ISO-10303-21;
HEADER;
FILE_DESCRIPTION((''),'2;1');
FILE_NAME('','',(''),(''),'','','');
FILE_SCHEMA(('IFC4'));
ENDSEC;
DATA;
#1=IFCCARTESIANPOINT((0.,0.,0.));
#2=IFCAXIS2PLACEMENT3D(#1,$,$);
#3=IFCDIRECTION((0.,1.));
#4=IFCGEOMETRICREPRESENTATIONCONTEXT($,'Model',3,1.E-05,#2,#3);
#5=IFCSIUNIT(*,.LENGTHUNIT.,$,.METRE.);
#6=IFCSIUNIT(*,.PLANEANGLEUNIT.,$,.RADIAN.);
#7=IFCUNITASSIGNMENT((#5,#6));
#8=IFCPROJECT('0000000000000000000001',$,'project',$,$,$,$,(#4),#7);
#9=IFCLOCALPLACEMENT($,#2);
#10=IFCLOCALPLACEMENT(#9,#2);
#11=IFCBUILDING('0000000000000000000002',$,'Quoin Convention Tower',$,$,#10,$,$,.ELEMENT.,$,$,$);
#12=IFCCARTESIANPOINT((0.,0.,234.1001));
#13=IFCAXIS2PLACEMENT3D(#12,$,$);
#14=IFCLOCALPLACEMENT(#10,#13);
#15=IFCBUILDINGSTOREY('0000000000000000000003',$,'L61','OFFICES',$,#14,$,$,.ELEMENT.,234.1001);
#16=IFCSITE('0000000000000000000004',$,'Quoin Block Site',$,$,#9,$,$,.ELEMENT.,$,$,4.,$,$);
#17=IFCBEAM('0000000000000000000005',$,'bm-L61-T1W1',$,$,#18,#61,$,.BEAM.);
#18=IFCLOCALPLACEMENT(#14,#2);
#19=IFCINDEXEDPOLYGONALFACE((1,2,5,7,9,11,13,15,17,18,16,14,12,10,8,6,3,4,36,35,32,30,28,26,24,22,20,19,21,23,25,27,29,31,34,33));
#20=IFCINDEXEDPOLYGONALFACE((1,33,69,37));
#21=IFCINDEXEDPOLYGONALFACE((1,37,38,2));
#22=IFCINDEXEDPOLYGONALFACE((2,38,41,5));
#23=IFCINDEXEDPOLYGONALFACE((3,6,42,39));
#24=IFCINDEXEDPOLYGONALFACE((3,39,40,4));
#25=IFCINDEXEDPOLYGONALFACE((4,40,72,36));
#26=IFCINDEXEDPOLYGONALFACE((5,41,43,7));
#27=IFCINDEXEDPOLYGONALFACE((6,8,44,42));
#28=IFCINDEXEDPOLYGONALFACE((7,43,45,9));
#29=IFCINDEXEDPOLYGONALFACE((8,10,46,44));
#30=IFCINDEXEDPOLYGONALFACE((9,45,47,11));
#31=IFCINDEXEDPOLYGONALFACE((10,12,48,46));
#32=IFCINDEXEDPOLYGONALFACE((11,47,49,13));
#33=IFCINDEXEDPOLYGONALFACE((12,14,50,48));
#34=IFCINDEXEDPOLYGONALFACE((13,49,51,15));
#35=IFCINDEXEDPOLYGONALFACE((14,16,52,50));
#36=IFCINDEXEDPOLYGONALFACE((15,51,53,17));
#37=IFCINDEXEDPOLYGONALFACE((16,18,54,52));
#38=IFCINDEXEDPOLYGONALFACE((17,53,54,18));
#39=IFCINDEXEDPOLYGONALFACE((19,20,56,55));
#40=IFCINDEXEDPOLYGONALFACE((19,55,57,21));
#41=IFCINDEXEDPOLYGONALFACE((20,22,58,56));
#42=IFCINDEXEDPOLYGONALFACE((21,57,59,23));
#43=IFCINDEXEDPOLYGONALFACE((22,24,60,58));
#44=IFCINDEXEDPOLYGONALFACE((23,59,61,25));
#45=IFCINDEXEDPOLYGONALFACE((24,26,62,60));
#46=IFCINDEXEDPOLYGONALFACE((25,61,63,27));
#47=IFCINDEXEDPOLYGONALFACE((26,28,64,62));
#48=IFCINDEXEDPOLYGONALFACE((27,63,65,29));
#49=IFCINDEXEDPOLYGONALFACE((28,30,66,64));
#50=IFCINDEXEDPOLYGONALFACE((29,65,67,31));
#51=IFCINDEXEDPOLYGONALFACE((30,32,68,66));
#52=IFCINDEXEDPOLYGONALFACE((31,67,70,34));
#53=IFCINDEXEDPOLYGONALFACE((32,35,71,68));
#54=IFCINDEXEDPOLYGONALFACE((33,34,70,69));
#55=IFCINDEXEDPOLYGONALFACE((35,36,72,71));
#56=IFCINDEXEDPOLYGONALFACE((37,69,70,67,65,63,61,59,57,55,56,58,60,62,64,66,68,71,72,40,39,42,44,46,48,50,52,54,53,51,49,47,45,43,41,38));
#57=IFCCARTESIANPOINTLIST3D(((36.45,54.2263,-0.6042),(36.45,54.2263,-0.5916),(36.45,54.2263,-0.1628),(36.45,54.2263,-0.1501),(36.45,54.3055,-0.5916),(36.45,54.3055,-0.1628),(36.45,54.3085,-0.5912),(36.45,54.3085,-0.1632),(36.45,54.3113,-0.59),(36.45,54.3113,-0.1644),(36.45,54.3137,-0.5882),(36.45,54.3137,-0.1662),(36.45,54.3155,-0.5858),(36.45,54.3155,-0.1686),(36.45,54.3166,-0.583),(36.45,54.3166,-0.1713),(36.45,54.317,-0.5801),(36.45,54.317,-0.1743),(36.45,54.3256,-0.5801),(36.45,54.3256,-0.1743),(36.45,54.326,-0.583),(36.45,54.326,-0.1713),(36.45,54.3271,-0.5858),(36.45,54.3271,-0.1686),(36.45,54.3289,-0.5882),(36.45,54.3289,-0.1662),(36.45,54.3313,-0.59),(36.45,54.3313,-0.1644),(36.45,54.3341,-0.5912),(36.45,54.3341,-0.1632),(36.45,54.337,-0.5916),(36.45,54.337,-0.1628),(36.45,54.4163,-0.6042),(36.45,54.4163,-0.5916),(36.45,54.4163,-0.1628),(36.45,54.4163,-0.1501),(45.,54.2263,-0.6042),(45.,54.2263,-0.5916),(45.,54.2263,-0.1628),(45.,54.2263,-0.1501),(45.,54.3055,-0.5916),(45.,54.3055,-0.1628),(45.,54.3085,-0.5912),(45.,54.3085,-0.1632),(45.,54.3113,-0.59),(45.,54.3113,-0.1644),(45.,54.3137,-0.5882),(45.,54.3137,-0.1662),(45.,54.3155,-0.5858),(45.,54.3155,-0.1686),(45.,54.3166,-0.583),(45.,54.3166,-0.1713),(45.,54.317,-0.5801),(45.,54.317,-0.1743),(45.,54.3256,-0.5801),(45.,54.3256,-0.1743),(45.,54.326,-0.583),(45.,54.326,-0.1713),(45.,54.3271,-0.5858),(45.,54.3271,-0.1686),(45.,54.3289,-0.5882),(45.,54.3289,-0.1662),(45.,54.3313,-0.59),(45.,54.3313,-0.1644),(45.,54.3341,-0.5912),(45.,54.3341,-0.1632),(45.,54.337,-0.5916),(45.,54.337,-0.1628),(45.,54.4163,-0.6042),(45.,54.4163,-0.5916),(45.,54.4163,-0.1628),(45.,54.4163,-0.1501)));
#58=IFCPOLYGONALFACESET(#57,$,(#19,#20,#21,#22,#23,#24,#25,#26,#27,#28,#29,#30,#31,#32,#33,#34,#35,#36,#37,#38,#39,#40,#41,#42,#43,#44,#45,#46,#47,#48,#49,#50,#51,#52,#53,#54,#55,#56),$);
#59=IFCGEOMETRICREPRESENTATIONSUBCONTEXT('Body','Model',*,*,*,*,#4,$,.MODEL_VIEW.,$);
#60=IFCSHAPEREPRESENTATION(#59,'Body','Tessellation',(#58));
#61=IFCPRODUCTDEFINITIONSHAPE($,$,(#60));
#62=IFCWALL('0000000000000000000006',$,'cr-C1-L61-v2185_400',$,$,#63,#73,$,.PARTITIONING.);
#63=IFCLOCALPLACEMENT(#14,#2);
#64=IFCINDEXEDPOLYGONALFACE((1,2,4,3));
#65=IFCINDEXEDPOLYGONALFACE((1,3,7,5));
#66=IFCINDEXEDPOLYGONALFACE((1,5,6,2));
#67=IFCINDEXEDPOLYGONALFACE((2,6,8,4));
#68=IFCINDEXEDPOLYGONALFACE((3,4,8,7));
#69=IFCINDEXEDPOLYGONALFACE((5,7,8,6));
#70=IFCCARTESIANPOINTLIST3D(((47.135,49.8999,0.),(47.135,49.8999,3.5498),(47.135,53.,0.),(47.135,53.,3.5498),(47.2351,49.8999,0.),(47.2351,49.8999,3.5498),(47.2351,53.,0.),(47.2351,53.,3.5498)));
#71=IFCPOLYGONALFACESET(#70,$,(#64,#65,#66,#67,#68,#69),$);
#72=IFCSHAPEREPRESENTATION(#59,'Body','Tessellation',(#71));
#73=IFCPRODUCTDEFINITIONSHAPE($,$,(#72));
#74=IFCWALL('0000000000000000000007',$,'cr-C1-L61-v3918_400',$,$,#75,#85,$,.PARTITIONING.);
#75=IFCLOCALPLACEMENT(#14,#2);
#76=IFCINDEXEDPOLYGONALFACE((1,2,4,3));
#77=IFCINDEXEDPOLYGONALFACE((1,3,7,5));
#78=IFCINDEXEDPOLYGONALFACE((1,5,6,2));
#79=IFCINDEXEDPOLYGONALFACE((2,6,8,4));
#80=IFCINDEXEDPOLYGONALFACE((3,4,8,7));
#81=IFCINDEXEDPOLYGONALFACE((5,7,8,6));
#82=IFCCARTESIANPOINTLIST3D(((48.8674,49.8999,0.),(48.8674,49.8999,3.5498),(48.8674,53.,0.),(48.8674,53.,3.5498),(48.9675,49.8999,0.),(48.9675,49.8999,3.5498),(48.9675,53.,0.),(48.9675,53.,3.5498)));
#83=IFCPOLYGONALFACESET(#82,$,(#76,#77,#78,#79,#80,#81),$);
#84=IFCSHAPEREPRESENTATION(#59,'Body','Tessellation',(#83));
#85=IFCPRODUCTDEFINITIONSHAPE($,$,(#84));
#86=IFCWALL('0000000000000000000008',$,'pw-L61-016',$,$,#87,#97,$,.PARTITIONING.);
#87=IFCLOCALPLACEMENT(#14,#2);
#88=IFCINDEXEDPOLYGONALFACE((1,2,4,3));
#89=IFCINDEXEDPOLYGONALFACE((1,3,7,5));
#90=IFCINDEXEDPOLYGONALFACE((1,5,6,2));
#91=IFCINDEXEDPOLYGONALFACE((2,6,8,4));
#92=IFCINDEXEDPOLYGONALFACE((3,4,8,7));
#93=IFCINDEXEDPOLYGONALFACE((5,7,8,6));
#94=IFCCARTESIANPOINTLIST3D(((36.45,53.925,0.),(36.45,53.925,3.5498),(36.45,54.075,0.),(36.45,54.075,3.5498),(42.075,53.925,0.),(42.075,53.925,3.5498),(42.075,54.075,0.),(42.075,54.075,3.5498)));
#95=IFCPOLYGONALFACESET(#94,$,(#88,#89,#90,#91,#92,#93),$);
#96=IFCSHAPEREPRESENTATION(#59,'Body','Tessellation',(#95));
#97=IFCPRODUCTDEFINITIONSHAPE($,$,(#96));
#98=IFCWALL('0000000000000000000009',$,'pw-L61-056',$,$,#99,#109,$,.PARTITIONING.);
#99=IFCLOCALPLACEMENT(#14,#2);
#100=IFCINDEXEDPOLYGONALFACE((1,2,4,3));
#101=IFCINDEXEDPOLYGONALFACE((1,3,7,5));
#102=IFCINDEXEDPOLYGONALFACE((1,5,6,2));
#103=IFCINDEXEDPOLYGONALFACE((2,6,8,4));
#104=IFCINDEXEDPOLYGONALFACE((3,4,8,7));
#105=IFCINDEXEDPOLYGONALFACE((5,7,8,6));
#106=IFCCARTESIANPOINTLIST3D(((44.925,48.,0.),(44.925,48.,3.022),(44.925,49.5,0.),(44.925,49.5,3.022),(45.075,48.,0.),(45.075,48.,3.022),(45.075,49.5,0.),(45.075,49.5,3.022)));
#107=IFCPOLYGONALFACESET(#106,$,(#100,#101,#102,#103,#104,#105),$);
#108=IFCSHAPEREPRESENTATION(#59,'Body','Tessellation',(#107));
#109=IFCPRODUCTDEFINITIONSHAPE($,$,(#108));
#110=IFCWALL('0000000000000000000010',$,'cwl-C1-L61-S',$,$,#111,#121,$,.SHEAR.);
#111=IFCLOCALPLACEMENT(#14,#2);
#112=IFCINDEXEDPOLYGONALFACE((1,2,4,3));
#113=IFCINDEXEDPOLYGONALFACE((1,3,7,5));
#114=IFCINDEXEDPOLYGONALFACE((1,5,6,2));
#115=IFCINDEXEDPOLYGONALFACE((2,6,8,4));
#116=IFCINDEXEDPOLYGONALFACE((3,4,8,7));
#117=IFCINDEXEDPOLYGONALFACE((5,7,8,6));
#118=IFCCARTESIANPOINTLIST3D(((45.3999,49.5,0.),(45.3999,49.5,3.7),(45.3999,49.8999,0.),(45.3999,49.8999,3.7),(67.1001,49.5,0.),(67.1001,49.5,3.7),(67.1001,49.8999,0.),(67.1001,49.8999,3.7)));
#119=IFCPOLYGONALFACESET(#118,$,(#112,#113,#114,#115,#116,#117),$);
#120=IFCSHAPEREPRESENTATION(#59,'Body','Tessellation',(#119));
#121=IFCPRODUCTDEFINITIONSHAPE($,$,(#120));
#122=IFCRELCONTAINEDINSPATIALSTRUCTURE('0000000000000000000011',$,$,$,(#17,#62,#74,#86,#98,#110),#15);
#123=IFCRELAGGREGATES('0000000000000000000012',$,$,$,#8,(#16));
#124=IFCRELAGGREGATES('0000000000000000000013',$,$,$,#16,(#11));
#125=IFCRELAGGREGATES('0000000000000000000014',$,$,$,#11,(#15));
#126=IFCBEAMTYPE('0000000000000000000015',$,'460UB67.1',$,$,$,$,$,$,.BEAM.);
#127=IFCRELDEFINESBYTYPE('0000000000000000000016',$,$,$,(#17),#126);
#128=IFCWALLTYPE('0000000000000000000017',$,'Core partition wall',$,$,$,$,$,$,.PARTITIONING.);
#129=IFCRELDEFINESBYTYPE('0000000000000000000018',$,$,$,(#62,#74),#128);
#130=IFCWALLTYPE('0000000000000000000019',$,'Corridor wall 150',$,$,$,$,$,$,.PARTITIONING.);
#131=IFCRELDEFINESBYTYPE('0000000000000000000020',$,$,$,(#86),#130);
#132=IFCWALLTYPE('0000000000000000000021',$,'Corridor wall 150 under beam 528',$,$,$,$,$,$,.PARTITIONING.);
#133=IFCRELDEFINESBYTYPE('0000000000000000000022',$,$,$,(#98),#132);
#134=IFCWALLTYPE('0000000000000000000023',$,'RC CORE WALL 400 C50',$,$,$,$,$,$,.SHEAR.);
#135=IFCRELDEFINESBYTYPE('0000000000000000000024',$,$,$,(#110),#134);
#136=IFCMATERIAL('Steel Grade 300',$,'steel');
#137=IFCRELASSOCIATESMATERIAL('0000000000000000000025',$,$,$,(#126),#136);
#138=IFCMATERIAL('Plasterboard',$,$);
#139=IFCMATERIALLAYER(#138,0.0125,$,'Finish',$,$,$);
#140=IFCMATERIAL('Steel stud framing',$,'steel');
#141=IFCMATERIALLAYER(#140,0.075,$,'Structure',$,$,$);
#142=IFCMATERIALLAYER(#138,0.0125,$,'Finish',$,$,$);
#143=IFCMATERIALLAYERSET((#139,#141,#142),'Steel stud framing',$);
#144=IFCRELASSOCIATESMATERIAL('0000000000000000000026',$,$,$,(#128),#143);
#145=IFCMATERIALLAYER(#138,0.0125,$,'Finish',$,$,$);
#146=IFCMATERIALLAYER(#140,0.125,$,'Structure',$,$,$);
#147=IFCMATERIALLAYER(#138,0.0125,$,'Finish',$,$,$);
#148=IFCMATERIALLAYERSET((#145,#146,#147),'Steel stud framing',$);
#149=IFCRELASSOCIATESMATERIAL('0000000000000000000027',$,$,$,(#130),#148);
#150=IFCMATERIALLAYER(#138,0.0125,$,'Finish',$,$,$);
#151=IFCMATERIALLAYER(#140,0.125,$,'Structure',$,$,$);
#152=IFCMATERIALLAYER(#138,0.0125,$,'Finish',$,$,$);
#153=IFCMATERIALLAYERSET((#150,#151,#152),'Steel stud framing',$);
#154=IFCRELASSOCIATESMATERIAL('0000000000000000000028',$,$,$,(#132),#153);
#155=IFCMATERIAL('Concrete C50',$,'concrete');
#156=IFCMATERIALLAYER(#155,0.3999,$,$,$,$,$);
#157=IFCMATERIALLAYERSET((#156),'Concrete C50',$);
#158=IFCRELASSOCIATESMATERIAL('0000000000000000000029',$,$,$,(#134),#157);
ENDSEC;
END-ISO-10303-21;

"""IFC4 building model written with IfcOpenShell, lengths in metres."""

from ifc_helpers import new_model, si_unit, direction, frame, frame_2d, origin, origin_2d, place, context, subcontext, project, spatial, rectangle, i_section, extrude, material, layer, layer_set, material_profile, profile_set, type_object, element, save


model = new_model("IFC4")

# Units and contexts
model_context = context("Model", 3, precision=1e-05, world=origin(), true_north=direction((0.0, 1.0)))
body_context = subcontext(model_context, "Body", "Model", "MODEL_VIEW")
ifc_project = project(units=[si_unit("LENGTHUNIT", "METRE"), si_unit("PLANEANGLEUNIT", "RADIAN")], contexts=[model_context])

# Site, building, storey
site_placement = place(None, origin())
site = spatial("IfcSite", under=ifc_project, at=site_placement, Name="Quoin Block Site", CompositionType="ELEMENT", RefElevation=4.0)
building_placement = place(site_placement, origin())
building = spatial("IfcBuilding", under=site, at=building_placement, Name="Quoin Convention Tower", CompositionType="ELEMENT")
storey_placement = place(building_placement, frame((0.0, 0.0, 234.1001)))
storey = spatial("IfcBuildingStorey", under=building, at=storey_placement, Name="L61", Description="OFFICES", CompositionType="ELEMENT", Elevation=234.1001)

# Beam
ifc_material_1 = material(Name="Steel Grade 300", Category="steel")
ifc_material_profile = material_profile(ifc_material_1, i_section(OverallWidth=0.1899, OverallDepth=0.4541, WebThickness=0.0085, FlangeThickness=0.0127, FilletRadius=0.0115, at=origin_2d()), Name="460UB67.1")
ifc_profile_set = profile_set([ifc_material_profile], Name="Steel Grade 300")
beam_type = type_object("IfcBeamType", Name="460UB67.1", PredefinedType="BEAM", material=ifc_profile_set)
beam_placement = place(storey_placement, frame((36.45, 54.3213, -0.3772), z_axis=(1.0, 0.0, 0.0), x_axis=(0.0, 1.0, 0.0)))
element("IfcBeam", 1, at=beam_placement, inside=storey, type_object=beam_type, Name="bm-L61-T1W1", PredefinedType="BEAM", context=body_context, shape_type="SweptSolid", body=[
    extrude(i_section(OverallWidth=0.1899, OverallDepth=0.4541, WebThickness=0.0085, FlangeThickness=0.0127, FilletRadius=0.0115, at=origin_2d()), origin(), (0.0, 0.0, 1.0), 8.55),
])

# Shared definitions
ifc_material_2 = material(Name="Plasterboard")
ifc_layer_1 = layer(ifc_material_2, 0.0125, Name="Finish")
ifc_material_3 = material(Name="Steel stud framing", Category="steel")
ifc_layer_2 = layer(ifc_material_3, 0.075, Name="Structure")
ifc_layer_3 = layer(ifc_material_2, 0.0125, Name="Finish")
ifc_layer_set_1 = layer_set([ifc_layer_1, ifc_layer_2, ifc_layer_3], Name="Steel stud framing")
wall_type_1 = type_object("IfcWallType", Name="Core partition wall", PredefinedType="PARTITIONING", material=ifc_layer_set_1)

# Walls
for number, where, z_axis, x_axis, name in (
    (2, (47.1851, 49.8999, 0.0), (0.0, 0.0, 1.0), (0.0, 1.0, 0.0), "cr-C1-L61-v2185_400"),
    (3, (48.9175, 49.8999, 0.0), (0.0, 0.0, 1.0), (0.0, 1.0, 0.0), "cr-C1-L61-v3918_400"),
):
    element("IfcWall", number, at=place(storey_placement, frame(where, z_axis=z_axis, x_axis=x_axis)), inside=storey, type_object=wall_type_1, Name=name, PredefinedType="PARTITIONING", context=body_context, shape_type="SweptSolid", body=[
        extrude(rectangle(XDim=3.1001, YDim=0.1001, at=frame_2d((1.55, 0.0))), origin(), (0.0, 0.0, 1.0), 3.5498),
    ])
ifc_layer_4 = layer(ifc_material_2, 0.0125, Name="Finish")
ifc_layer_5 = layer(ifc_material_3, 0.125, Name="Structure")
ifc_layer_6 = layer(ifc_material_2, 0.0125, Name="Finish")
ifc_layer_set_2 = layer_set([ifc_layer_4, ifc_layer_5, ifc_layer_6], Name="Steel stud framing")
wall_type_2 = type_object("IfcWallType", Name="Corridor wall 150", PredefinedType="PARTITIONING", material=ifc_layer_set_2)
wall_1_placement = place(storey_placement, frame((36.45, 54.0, 0.0), z_axis=(0.0, 0.0, 1.0), x_axis=(1.0, 0.0, 0.0)))
element("IfcWall", 4, at=wall_1_placement, inside=storey, type_object=wall_type_2, Name="pw-L61-016", PredefinedType="PARTITIONING", context=body_context, shape_type="SweptSolid", body=[
    extrude(rectangle(XDim=5.625, YDim=0.1499, at=frame_2d((2.8125, 0.0))), origin(), (0.0, 0.0, 1.0), 3.5498),
])
ifc_layer_7 = layer(ifc_material_2, 0.0125, Name="Finish")
ifc_layer_8 = layer(ifc_material_3, 0.125, Name="Structure")
ifc_layer_9 = layer(ifc_material_2, 0.0125, Name="Finish")
ifc_layer_set_3 = layer_set([ifc_layer_7, ifc_layer_8, ifc_layer_9], Name="Steel stud framing")
wall_type_3 = type_object("IfcWallType", Name="Corridor wall 150 under beam 528", PredefinedType="PARTITIONING", material=ifc_layer_set_3)
wall_2_placement = place(storey_placement, frame((45.0, 48.0, 0.0), z_axis=(0.0, 0.0, 1.0), x_axis=(0.0, 1.0, 0.0)))
element("IfcWall", 5, at=wall_2_placement, inside=storey, type_object=wall_type_3, Name="pw-L61-056", PredefinedType="PARTITIONING", context=body_context, shape_type="SweptSolid", body=[
    extrude(rectangle(XDim=1.5, YDim=0.1499, at=frame_2d((0.75, 0.0))), origin(), (0.0, 0.0, 1.0), 3.022),
])
ifc_material_4 = material(Name="Concrete C50", Category="concrete")
ifc_layer_10 = layer(ifc_material_4, 0.3999)
ifc_layer_set_4 = layer_set([ifc_layer_10], Name="Concrete C50")
wall_type_4 = type_object("IfcWallType", Name="RC CORE WALL 400 C50", PredefinedType="SHEAR", material=ifc_layer_set_4)
wall_3_placement = place(storey_placement, frame((45.3999, 49.7, 0.0), z_axis=(0.0, 0.0, 1.0), x_axis=(1.0, 0.0, 0.0)))
element("IfcWall", 6, at=wall_3_placement, inside=storey, type_object=wall_type_4, Name="cwl-C1-L61-S", PredefinedType="SHEAR", context=body_context, shape_type="SweptSolid", body=[
    extrude(rectangle(XDim=21.7002, YDim=0.3999, at=frame_2d((10.8501, 0.0))), origin(), (0.0, 0.0, 1.0), 3.7),
])

save(model, "model.ifc")
